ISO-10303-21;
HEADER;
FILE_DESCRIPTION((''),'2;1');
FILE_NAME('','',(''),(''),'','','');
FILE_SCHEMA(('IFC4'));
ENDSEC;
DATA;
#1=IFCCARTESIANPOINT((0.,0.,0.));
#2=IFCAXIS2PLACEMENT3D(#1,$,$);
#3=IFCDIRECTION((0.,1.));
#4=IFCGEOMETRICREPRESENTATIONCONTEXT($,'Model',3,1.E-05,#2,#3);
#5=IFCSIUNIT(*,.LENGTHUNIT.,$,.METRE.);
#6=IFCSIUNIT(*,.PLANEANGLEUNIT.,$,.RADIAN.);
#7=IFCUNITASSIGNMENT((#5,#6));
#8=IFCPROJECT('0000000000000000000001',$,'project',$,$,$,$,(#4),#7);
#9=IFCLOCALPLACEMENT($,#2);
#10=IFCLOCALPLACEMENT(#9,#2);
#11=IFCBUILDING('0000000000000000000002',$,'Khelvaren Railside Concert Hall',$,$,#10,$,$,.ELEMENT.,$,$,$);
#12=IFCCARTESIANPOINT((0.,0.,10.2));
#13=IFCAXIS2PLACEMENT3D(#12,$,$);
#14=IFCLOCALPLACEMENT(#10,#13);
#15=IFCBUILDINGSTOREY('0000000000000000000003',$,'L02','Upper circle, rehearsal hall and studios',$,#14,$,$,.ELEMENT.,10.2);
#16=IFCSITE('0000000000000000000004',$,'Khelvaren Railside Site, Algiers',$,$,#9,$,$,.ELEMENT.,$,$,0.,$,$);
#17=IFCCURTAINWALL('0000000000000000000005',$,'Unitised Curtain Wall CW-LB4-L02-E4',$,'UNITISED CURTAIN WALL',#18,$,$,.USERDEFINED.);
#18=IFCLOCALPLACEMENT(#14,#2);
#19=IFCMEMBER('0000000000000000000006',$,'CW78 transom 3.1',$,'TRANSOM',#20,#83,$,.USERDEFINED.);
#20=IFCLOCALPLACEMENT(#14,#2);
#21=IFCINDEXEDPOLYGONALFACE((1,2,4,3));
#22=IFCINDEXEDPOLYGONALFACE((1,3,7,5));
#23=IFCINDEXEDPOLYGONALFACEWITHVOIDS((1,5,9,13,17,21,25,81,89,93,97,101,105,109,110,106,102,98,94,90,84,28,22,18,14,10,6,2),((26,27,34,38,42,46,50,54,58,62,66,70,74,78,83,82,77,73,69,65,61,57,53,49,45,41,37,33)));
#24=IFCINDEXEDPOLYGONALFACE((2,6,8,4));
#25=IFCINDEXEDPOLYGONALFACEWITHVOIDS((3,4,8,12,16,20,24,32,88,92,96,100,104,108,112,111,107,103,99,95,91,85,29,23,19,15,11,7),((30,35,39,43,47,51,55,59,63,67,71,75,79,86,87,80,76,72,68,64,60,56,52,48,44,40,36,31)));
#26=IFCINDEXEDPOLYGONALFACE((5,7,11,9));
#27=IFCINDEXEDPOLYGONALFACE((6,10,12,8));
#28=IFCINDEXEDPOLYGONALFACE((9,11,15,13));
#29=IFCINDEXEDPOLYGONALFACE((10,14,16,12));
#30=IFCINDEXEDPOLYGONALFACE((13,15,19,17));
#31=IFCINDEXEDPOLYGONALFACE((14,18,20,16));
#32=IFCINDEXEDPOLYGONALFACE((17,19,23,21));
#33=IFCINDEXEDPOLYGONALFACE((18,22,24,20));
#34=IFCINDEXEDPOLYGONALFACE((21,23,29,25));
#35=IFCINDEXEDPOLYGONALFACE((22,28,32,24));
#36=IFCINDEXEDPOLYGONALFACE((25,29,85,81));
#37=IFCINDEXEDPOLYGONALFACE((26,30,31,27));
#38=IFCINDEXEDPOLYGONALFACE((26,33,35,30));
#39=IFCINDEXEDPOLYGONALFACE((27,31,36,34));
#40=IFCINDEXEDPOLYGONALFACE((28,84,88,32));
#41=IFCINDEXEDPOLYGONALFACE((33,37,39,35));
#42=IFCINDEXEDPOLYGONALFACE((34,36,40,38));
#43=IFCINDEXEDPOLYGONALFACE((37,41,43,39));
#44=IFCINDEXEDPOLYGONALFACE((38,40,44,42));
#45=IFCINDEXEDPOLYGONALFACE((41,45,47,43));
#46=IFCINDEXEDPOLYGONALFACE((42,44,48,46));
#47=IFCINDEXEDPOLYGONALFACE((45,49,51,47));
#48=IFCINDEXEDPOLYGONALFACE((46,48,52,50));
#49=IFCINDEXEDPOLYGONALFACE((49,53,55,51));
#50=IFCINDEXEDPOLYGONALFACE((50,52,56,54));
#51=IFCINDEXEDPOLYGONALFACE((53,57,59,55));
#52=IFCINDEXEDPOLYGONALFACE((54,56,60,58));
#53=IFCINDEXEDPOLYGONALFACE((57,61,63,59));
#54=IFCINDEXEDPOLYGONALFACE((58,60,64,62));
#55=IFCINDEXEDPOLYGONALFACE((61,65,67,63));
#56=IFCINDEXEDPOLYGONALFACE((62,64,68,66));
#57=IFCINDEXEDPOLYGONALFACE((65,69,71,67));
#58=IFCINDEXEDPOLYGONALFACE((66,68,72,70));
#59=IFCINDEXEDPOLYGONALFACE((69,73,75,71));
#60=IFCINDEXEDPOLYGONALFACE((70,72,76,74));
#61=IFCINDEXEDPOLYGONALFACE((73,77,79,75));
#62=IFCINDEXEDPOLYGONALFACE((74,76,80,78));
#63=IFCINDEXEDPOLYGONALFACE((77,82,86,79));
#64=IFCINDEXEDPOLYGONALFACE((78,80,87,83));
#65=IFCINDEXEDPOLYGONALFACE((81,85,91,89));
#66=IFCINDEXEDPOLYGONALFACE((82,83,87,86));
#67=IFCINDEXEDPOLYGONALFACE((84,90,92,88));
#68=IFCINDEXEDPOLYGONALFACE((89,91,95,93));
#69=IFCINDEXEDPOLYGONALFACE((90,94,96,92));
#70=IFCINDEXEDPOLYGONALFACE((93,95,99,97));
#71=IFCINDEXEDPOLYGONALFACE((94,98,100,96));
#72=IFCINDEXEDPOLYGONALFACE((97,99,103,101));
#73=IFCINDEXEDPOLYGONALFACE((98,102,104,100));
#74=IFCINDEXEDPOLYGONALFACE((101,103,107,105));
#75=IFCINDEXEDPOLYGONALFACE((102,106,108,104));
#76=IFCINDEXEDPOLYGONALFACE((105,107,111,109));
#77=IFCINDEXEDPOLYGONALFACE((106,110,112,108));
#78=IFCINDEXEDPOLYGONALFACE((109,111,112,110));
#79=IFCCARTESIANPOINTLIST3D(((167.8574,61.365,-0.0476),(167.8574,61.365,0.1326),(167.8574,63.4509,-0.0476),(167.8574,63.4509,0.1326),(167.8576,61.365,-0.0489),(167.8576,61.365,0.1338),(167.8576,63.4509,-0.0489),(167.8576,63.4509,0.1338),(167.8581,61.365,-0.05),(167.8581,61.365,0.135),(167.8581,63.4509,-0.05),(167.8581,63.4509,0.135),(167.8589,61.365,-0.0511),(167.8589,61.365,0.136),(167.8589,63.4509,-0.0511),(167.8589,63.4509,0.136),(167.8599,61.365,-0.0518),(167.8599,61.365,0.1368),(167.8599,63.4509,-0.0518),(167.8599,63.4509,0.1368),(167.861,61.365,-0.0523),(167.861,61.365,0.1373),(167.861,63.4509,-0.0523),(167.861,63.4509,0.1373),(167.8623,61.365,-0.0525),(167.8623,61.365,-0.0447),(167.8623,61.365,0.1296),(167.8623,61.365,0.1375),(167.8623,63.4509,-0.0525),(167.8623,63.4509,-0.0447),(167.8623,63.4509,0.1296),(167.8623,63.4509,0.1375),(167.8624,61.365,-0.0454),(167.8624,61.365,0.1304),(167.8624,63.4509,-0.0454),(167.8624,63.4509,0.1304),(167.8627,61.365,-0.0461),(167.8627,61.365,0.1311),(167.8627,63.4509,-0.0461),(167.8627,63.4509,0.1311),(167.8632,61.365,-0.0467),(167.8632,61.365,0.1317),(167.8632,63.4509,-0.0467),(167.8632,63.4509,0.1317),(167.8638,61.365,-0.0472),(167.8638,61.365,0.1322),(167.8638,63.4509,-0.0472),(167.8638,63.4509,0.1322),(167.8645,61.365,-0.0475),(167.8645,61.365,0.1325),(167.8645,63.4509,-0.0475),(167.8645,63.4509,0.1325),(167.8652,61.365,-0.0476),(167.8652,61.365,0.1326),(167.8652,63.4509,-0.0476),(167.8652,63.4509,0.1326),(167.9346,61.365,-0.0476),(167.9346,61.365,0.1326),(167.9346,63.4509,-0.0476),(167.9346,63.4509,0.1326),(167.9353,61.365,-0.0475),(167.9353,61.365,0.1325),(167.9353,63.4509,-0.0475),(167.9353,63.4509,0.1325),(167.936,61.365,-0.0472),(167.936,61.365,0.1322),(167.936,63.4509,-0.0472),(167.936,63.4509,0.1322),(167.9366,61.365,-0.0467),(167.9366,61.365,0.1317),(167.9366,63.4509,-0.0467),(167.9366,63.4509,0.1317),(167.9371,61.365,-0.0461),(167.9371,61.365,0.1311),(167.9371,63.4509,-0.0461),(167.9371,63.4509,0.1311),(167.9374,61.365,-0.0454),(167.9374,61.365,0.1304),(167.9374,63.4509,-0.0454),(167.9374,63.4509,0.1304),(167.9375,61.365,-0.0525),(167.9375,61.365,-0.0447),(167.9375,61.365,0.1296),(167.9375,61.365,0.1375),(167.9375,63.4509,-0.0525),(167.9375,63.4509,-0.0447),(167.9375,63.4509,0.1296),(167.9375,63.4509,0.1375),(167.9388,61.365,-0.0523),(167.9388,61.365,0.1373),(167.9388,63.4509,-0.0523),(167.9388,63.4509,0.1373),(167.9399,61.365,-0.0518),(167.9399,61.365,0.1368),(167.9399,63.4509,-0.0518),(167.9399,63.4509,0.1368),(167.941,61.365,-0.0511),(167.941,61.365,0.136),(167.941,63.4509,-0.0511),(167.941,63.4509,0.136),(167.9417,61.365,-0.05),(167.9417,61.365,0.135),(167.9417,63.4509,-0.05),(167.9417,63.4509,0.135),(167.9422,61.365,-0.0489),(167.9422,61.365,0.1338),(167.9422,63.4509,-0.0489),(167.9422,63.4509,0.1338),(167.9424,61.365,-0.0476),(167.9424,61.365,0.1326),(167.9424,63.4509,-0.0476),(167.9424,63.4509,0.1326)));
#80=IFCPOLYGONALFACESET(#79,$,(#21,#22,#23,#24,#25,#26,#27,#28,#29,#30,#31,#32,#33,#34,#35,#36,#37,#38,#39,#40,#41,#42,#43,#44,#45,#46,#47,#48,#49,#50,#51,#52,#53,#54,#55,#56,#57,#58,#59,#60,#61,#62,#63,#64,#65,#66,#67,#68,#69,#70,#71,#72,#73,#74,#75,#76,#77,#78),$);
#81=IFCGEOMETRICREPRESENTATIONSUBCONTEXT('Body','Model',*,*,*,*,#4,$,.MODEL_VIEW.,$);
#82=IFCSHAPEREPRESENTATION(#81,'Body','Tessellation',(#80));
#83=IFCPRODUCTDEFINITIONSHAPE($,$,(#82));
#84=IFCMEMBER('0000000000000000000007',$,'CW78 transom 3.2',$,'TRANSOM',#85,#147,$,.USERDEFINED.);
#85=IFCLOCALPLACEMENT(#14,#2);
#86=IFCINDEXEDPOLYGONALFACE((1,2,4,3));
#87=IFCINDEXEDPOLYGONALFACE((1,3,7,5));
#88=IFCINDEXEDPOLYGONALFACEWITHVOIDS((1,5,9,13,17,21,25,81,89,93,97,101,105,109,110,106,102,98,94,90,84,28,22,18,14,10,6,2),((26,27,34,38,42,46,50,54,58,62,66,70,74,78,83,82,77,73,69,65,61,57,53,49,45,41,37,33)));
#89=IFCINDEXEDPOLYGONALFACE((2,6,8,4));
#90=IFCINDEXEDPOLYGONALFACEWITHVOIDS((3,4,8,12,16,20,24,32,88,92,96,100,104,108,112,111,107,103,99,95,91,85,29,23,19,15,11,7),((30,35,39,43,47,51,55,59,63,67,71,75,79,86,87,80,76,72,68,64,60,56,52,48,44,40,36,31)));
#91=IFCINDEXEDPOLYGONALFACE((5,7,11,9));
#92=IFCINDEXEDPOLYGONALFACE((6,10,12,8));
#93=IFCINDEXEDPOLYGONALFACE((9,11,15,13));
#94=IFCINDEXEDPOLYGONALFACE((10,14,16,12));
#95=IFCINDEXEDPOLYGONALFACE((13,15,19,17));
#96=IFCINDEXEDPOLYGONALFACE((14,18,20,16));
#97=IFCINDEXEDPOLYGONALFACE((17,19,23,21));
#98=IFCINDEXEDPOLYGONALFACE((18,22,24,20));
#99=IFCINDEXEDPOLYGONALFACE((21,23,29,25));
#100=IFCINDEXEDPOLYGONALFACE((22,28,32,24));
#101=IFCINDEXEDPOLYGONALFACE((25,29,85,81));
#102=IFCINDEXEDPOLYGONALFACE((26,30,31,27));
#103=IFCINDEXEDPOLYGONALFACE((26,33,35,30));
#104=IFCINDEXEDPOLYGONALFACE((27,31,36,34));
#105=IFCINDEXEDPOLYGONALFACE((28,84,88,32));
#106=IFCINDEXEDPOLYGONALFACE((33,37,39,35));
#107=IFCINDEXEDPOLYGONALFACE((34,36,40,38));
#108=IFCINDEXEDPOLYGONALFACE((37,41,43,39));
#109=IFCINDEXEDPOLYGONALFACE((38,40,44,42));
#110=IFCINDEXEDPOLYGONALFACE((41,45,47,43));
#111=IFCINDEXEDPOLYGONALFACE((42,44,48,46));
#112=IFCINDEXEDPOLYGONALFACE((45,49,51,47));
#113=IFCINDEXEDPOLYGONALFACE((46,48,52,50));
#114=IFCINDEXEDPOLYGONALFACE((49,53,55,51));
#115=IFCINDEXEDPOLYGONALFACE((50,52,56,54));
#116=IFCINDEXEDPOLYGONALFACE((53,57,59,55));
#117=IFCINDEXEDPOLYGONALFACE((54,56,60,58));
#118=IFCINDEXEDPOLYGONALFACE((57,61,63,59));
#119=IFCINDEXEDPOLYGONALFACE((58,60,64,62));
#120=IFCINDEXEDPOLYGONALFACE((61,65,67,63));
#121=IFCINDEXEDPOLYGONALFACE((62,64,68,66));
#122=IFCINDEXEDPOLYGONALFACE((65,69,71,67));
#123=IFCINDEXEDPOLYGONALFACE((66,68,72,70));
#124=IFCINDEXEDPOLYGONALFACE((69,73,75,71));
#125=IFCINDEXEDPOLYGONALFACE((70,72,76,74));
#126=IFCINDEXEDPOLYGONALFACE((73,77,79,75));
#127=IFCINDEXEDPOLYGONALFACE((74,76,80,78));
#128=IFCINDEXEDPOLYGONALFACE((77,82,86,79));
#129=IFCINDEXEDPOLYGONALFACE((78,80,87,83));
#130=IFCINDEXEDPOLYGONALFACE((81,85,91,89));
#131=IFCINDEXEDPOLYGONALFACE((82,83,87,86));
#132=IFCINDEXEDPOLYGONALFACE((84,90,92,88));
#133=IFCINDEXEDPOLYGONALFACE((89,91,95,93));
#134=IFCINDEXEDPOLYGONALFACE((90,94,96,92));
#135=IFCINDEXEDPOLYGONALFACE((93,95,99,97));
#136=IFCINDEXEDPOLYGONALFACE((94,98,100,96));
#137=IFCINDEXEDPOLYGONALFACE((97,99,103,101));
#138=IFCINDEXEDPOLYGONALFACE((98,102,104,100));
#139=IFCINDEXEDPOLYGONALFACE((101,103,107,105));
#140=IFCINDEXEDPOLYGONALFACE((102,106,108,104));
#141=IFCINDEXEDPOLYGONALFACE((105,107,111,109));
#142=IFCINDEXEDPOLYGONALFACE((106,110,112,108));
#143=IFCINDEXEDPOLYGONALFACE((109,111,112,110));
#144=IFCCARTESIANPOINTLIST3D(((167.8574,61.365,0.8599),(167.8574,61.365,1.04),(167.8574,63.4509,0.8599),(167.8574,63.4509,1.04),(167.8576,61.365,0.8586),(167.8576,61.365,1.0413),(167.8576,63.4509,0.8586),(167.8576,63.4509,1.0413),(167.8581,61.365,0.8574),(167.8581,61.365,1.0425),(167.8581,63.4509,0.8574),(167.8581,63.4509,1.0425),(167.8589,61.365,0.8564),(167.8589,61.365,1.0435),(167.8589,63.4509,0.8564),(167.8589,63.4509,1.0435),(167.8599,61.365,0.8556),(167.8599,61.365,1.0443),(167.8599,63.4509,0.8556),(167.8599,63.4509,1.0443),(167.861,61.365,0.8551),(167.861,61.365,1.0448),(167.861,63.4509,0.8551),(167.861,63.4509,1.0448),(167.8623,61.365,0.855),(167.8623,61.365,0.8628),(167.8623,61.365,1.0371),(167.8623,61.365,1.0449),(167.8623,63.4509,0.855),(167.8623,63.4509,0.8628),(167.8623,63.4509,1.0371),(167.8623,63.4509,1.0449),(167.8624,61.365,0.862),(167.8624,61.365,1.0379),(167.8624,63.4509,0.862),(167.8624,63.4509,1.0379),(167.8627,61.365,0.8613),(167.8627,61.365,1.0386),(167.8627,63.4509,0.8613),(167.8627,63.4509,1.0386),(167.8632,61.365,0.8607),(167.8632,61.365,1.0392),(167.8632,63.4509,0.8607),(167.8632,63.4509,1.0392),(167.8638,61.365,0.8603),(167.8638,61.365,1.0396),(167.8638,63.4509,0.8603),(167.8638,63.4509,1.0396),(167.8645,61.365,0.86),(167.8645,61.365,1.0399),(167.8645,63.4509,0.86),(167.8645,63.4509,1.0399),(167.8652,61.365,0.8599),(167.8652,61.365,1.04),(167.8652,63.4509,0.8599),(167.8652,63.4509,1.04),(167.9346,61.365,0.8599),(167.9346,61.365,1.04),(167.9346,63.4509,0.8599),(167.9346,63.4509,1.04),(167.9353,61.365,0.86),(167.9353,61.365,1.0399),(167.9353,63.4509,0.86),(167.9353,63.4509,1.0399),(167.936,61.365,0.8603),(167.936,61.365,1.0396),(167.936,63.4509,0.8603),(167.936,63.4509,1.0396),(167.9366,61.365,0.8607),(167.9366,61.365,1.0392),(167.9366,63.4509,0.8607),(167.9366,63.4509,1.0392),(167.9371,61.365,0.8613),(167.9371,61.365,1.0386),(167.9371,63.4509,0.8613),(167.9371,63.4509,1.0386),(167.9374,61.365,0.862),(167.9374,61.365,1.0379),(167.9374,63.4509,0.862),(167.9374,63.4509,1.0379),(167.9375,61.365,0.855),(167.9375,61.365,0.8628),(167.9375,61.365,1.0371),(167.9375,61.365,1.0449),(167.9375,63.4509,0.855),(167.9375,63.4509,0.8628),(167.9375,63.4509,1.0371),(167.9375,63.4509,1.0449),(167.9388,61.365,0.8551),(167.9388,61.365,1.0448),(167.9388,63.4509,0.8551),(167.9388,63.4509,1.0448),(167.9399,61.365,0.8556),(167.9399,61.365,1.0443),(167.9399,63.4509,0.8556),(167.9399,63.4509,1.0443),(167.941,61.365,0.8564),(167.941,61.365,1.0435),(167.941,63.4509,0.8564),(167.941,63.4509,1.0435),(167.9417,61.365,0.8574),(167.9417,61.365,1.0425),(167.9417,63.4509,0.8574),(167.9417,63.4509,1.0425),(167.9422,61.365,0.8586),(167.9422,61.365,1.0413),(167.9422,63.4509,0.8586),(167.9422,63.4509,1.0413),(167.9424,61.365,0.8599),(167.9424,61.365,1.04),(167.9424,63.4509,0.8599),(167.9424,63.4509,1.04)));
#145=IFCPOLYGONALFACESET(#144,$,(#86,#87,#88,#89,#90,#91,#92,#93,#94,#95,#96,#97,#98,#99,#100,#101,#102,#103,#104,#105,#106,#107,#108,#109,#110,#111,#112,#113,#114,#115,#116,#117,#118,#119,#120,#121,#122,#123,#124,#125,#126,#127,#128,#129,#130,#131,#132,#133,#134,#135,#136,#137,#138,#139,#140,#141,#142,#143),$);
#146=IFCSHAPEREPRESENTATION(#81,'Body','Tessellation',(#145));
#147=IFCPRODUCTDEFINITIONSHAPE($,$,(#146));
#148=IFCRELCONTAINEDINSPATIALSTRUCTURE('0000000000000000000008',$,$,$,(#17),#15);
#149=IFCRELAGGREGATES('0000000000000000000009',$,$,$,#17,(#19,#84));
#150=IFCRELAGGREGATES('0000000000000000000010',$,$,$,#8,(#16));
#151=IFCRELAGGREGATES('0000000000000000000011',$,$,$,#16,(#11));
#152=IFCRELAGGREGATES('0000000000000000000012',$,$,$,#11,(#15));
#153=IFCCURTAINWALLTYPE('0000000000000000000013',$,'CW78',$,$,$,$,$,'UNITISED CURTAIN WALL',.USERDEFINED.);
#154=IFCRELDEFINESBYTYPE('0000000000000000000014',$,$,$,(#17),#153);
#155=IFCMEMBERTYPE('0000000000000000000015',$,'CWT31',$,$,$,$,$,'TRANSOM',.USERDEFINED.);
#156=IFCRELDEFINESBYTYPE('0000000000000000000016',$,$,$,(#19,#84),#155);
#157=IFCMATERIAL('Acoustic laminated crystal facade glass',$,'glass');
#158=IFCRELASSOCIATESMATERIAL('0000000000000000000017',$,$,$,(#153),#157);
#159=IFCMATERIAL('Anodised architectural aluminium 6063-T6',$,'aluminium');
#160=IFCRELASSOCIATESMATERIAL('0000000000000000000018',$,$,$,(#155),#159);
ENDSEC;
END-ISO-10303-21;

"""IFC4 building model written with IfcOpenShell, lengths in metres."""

from ifc_helpers import new_model, si_unit, direction, frame, origin, origin_2d, place, context, subcontext, project, spatial, hollow_rectangle, extrude, material, material_profile, profile_set, type_object, element, aggregate, save


model = new_model("IFC4")

# Units and contexts
model_context = context("Model", 3, precision=1e-05, world=origin(), true_north=direction((0.0, 1.0)))
body_context = subcontext(model_context, "Body", "Model", "MODEL_VIEW")
ifc_project = project(units=[si_unit("LENGTHUNIT", "METRE"), si_unit("PLANEANGLEUNIT", "RADIAN")], contexts=[model_context])

# Site, building, storey
site_placement = place(None, origin())
site = spatial("IfcSite", under=ifc_project, at=site_placement, Name="Khelvaren Railside Site, Algiers", CompositionType="ELEMENT", RefElevation=0.0)
building_placement = place(site_placement, origin())
building = spatial("IfcBuilding", under=site, at=building_placement, Name="Khelvaren Railside Concert Hall", CompositionType="ELEMENT")
storey_placement = place(building_placement, frame((0.0, 0.0, 10.2)))
storey = spatial("IfcBuildingStorey", under=building, at=storey_placement, Name="L02", Description="Upper circle, rehearsal hall and studios", CompositionType="ELEMENT", Elevation=10.2)

# Curtain wall
ifc_material_1 = material(Name="Acoustic laminated crystal facade glass", Category="glass")
curtain_wall_type = type_object("IfcCurtainWallType", Name="CW78", ElementType="UNITISED CURTAIN WALL", PredefinedType="USERDEFINED", material=ifc_material_1)
ifc_material_2 = material(Name="Anodised architectural aluminium 6063-T6", Category="aluminium")
curtain_wall_1_placement = place(storey_placement, origin())
curtain_wall_1 = element("IfcCurtainWall", 1, at=curtain_wall_1_placement, inside=storey, type_object=curtain_wall_type, Name="Unitised Curtain Wall CW-LB4-L02-E4", ObjectType="UNITISED CURTAIN WALL", PredefinedType="USERDEFINED")

# Members
ifc_material_profile_1 = material_profile(ifc_material_2, hollow_rectangle(XDim=0.085, YDim=0.1899, WallThickness=0.0049, InnerFilletRadius=0.0029, OuterFilletRadius=0.0049, at=origin_2d()), Name="CWT 85x190x5")
ifc_profile_set_1 = profile_set([ifc_material_profile_1], Name="Anodised architectural aluminium 6063-T6")
member_type_1 = type_object("IfcMemberType", Name="CWT31", ElementType="TRANSOM", PredefinedType="USERDEFINED", material=ifc_profile_set_1)
member_1_placement = place(storey_placement, frame((167.8999, 63.4509, 0.0425), z_axis=(0.0, -1.0, 0.0), x_axis=(1.0, 0.0, 0.0)))
member_1 = element("IfcMember", 2, at=member_1_placement, type_object=member_type_1, Name="CW78 transom 3.1", ObjectType="TRANSOM", PredefinedType="USERDEFINED", context=body_context, shape_type="SweptSolid", body=[
    extrude(hollow_rectangle(XDim=0.085, YDim=0.1899, WallThickness=0.0049, InnerFilletRadius=0.0029, OuterFilletRadius=0.0049, at=origin_2d()), origin(), (0.0, 0.0, 1.0), 2.0859),
])
member_2_placement = place(storey_placement, frame((167.8999, 63.4509, 0.95), z_axis=(0.0, -1.0, 0.0), x_axis=(1.0, 0.0, 0.0)))
member_2 = element("IfcMember", 3, at=member_2_placement, type_object=member_type_1, Name="CW78 transom 3.2", ObjectType="TRANSOM", PredefinedType="USERDEFINED", context=body_context, shape_type="SweptSolid", body=[
    extrude(hollow_rectangle(XDim=0.085, YDim=0.1899, WallThickness=0.0049, InnerFilletRadius=0.0029, OuterFilletRadius=0.0049, at=origin_2d()), origin(), (0.0, 0.0, 1.0), 2.0859),
])

aggregate(curtain_wall_1, [member_1, member_2])

save(model, "model.ifc")
